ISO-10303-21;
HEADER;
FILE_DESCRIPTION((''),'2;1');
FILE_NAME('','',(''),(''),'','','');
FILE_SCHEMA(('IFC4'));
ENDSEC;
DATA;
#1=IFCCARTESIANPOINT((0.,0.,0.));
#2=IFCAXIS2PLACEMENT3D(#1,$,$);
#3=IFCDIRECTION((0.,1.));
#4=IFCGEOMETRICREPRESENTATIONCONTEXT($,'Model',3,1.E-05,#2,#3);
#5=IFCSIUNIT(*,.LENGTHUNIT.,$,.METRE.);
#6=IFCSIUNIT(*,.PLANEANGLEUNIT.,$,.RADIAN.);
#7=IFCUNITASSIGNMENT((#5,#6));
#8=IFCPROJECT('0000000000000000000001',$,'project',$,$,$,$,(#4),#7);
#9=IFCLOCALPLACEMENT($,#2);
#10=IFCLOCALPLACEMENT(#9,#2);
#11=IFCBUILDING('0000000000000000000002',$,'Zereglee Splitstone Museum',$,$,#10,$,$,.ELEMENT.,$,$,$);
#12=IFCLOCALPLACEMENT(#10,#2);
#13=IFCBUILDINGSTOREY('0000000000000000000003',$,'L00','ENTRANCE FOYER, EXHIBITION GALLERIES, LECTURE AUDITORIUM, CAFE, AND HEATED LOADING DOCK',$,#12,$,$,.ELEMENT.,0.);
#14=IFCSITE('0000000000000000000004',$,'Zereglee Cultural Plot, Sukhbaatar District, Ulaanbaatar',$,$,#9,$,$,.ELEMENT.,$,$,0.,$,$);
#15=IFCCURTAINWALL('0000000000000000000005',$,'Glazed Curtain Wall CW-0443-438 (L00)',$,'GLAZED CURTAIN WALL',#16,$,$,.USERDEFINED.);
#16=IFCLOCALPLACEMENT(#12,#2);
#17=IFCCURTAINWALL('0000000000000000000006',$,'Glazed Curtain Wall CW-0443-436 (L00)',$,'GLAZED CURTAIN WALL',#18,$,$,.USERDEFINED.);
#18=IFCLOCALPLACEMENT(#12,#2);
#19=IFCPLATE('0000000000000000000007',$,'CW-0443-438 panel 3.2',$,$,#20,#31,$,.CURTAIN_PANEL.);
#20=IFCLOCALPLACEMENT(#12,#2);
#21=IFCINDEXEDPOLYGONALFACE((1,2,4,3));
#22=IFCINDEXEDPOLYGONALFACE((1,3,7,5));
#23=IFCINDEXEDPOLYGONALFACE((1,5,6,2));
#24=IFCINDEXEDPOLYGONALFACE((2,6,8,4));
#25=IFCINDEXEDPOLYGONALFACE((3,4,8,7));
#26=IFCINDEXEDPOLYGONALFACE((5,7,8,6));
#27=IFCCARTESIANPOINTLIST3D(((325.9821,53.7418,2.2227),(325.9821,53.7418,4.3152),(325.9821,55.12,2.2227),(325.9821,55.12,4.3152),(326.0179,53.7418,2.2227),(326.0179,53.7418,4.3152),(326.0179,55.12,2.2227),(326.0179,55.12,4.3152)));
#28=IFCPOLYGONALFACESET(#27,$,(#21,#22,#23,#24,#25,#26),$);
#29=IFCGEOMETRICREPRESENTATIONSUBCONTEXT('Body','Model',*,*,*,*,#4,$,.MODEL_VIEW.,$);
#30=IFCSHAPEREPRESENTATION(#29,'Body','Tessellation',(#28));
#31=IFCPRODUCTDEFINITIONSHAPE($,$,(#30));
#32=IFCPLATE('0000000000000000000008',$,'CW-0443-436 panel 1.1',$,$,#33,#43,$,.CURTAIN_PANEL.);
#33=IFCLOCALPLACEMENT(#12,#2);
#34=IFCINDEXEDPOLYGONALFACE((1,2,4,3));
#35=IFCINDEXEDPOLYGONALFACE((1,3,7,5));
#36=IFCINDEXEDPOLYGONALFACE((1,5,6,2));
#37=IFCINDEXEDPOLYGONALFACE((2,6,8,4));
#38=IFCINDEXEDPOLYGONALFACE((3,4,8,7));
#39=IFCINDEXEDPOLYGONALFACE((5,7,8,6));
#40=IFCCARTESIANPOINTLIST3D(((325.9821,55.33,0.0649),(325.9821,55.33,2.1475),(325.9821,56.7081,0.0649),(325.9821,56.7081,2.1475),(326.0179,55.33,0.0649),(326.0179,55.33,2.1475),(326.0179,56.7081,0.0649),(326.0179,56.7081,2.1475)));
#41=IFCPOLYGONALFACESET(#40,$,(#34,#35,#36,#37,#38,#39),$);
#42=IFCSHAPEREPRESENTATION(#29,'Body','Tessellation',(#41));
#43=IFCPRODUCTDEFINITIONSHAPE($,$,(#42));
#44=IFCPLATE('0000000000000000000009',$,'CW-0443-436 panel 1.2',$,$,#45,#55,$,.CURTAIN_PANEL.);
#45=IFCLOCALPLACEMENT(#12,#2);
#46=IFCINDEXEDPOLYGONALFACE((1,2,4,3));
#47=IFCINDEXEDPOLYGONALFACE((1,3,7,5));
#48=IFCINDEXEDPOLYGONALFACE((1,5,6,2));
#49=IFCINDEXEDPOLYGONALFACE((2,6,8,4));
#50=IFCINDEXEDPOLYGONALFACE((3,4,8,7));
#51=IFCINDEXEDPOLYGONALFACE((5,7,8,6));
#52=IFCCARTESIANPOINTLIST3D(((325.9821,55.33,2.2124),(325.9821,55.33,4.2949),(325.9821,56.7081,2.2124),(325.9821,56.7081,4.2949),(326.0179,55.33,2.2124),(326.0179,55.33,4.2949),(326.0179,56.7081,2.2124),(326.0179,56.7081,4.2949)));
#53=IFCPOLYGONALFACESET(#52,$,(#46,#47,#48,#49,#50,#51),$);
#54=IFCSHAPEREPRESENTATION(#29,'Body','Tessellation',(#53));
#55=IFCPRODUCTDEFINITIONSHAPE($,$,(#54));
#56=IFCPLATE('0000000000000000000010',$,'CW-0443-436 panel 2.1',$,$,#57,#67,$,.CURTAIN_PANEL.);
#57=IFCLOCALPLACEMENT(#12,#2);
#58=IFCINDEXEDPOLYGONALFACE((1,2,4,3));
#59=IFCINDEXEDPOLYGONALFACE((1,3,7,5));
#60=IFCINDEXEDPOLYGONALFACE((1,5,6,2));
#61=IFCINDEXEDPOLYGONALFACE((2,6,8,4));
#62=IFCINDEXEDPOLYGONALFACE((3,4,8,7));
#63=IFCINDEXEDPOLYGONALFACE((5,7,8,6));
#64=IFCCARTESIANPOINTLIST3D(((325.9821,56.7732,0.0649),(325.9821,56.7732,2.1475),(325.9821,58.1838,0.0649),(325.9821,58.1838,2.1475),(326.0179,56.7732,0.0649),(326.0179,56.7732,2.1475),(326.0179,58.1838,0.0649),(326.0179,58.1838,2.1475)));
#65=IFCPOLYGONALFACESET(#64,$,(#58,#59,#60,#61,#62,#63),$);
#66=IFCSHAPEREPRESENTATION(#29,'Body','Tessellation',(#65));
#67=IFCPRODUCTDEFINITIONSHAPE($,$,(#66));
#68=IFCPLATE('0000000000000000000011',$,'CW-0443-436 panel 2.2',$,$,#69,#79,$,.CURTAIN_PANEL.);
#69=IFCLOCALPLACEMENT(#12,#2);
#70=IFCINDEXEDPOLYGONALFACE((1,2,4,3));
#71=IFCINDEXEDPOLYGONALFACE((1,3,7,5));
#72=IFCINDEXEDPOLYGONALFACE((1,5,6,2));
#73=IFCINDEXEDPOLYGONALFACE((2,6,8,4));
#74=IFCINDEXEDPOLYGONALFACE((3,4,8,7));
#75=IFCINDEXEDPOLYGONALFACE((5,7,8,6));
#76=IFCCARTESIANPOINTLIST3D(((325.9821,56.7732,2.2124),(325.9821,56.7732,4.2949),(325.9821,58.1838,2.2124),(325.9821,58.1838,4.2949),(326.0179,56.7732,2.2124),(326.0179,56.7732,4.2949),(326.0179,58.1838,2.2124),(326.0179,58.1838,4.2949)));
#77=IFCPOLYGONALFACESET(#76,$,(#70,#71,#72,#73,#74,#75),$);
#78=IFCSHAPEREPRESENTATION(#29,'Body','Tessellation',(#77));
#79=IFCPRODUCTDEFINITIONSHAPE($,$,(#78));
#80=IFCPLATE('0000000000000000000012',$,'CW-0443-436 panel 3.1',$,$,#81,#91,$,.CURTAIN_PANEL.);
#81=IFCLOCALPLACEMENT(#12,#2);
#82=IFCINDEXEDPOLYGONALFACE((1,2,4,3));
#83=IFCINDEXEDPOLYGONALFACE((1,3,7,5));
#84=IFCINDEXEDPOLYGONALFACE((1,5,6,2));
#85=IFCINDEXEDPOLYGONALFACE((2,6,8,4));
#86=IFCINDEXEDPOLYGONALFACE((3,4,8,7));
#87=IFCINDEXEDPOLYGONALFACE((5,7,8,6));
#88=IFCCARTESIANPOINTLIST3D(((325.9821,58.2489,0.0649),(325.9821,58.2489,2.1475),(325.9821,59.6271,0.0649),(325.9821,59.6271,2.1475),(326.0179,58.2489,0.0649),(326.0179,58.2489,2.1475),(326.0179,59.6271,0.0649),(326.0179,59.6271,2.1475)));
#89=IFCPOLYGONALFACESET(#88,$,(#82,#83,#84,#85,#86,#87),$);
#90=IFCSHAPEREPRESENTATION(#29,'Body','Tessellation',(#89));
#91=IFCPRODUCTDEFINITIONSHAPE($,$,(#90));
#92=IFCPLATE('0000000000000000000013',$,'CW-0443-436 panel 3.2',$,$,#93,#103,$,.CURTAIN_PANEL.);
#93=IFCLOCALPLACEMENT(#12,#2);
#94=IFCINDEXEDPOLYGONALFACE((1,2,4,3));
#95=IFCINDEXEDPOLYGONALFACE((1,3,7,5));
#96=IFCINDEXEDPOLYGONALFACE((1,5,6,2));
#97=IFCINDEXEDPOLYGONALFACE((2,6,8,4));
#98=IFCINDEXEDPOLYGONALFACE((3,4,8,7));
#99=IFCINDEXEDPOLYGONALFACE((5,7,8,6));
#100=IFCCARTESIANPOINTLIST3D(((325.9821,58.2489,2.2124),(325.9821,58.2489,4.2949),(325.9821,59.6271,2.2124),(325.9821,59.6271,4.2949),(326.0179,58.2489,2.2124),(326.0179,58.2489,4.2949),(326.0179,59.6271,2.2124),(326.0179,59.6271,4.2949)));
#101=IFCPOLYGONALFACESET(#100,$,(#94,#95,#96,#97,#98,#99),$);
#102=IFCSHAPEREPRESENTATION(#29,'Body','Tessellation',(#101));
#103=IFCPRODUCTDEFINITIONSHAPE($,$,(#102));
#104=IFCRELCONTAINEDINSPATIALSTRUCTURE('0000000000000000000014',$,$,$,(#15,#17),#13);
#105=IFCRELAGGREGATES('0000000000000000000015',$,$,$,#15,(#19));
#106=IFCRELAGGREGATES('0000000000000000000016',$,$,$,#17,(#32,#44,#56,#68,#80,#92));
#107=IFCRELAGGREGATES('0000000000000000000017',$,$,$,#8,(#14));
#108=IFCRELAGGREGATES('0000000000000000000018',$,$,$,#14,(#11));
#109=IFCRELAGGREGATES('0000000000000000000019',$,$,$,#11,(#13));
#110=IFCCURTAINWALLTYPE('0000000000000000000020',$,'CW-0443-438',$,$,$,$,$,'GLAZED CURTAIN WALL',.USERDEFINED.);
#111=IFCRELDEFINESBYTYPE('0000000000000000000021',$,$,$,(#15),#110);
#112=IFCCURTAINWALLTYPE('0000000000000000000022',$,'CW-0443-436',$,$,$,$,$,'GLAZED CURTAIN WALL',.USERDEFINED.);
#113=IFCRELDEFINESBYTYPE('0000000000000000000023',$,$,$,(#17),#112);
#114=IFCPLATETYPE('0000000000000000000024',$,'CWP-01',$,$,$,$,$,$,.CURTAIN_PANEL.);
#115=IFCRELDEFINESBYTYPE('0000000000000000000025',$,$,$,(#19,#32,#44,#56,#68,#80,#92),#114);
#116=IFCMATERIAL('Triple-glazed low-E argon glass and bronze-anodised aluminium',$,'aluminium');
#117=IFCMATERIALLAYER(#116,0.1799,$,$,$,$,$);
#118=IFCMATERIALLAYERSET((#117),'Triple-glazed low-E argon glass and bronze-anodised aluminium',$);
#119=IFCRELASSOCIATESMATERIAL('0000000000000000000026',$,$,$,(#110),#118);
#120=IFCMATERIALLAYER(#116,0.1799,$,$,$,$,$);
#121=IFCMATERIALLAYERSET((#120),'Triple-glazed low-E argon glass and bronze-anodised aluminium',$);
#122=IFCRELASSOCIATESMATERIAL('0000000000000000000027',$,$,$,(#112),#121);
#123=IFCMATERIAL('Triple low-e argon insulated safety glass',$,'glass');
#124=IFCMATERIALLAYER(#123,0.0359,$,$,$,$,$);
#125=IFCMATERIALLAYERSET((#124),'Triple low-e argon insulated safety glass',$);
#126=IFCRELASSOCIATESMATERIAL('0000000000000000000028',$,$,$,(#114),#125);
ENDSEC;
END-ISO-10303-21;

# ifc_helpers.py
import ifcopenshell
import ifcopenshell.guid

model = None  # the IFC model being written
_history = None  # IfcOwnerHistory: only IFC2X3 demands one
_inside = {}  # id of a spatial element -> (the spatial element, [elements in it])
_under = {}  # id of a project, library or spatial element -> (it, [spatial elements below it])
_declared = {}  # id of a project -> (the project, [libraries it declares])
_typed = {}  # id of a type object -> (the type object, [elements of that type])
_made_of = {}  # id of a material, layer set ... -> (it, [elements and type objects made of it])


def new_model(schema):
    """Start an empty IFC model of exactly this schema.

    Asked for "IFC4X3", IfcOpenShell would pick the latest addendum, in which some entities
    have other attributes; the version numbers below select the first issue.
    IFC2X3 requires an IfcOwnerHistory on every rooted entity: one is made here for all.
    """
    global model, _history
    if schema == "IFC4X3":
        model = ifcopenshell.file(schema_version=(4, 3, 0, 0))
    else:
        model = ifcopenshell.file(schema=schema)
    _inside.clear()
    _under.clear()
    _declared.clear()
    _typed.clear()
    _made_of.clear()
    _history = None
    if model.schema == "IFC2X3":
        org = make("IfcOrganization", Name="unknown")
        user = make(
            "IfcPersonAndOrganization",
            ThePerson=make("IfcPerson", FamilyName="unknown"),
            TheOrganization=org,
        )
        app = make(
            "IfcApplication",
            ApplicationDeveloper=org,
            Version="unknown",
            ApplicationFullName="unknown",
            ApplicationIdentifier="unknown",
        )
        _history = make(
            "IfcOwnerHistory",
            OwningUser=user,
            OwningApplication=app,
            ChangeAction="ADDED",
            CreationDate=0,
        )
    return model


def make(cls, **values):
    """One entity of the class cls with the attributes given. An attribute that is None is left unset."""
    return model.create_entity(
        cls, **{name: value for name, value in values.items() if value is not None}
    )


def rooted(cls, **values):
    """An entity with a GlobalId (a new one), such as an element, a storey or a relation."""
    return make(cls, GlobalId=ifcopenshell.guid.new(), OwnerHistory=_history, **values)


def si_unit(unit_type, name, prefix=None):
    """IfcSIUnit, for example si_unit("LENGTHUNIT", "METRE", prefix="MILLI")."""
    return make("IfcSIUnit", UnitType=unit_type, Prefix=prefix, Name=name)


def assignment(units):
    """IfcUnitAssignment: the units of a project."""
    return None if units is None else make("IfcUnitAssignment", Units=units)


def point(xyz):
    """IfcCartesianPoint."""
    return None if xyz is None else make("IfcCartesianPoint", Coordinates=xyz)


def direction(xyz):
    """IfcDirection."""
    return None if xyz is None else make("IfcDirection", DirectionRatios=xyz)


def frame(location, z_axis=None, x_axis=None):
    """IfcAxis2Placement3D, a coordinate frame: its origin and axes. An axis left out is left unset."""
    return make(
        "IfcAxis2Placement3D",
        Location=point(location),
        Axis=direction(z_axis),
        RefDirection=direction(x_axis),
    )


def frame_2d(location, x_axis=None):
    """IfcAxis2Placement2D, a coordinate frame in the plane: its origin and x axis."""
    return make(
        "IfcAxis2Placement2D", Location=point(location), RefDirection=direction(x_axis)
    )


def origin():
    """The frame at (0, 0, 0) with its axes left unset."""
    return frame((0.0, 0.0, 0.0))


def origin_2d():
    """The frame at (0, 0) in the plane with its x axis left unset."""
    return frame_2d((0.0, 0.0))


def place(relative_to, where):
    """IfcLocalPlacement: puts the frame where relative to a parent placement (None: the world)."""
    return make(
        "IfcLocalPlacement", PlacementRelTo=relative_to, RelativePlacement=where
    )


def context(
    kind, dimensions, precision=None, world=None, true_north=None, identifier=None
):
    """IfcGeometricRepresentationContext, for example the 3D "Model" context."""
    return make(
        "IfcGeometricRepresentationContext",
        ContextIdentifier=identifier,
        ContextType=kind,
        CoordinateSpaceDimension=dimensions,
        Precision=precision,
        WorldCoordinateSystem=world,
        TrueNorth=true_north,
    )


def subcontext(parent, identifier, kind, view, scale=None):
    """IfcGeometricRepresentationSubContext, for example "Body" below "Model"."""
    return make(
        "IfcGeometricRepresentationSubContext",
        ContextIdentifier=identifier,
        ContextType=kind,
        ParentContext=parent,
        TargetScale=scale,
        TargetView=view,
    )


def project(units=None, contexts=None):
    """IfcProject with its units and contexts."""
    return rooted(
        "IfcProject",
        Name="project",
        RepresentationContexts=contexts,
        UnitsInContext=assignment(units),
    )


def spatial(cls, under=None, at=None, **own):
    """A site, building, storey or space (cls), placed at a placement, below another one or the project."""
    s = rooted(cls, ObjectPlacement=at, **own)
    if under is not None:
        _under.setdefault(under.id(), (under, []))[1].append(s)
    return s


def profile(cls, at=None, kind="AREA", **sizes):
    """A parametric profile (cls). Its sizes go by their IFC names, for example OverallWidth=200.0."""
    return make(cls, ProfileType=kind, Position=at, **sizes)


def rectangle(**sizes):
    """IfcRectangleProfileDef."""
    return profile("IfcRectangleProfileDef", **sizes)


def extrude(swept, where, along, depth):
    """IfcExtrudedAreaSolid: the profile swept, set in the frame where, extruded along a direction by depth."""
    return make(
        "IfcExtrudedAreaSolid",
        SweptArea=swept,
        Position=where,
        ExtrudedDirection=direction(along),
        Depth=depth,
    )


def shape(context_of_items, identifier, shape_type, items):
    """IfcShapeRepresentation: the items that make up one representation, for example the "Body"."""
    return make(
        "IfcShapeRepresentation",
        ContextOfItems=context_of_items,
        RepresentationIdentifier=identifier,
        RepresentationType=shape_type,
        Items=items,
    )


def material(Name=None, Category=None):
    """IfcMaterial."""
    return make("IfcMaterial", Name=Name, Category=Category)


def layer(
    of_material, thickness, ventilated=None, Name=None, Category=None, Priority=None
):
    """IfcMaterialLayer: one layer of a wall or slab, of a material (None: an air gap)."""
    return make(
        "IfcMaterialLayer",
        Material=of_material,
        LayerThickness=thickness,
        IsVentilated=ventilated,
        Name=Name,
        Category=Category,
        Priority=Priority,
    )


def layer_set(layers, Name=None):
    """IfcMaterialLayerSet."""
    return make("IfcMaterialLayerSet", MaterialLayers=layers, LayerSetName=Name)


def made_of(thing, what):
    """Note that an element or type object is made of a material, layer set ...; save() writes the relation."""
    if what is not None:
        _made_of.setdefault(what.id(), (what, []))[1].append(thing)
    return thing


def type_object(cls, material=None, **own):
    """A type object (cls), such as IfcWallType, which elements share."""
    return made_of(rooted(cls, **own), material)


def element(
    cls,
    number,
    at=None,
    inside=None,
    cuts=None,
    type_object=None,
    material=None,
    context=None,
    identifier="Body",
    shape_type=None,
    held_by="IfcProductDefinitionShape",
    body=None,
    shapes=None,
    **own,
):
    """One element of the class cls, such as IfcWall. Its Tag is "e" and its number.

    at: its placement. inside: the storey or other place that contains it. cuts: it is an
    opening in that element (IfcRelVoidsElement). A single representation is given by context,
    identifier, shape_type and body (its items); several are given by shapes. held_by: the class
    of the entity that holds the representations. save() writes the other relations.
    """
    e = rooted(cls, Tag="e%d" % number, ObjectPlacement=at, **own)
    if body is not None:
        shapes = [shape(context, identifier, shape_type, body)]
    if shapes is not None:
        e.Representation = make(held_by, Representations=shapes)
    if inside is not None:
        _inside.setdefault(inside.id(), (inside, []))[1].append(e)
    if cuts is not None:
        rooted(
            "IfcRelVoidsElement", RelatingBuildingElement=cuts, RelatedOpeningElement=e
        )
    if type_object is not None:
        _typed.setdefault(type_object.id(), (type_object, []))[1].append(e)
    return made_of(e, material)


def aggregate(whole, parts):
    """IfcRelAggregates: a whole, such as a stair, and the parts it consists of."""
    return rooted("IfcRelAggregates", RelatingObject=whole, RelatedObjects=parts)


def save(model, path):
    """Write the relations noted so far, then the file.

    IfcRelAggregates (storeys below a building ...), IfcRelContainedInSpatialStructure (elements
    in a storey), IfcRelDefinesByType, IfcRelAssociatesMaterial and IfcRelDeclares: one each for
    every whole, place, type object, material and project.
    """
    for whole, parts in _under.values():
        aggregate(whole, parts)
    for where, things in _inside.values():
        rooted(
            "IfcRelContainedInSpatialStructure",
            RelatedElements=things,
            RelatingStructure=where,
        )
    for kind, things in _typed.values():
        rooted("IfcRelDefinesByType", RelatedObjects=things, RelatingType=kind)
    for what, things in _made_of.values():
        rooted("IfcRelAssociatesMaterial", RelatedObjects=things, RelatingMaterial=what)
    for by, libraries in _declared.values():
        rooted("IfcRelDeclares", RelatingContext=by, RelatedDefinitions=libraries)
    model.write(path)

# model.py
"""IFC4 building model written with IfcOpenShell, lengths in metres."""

from ifc_helpers import new_model, si_unit, direction, frame, origin, origin_2d, place, context, subcontext, project, spatial, rectangle, extrude, material, layer, layer_set, type_object, element, aggregate, save


model = new_model("IFC4")

# Units and contexts
model_context = context("Model", 3, precision=1e-05, world=origin(), true_north=direction((0.0, 1.0)))
body_context = subcontext(model_context, "Body", "Model", "MODEL_VIEW")
ifc_project = project(units=[si_unit("LENGTHUNIT", "METRE"), si_unit("PLANEANGLEUNIT", "RADIAN")], contexts=[model_context])

# Site, building, storey
site_placement = place(None, origin())
site = spatial("IfcSite", under=ifc_project, at=site_placement, Name="Zereglee Cultural Plot, Sukhbaatar District, Ulaanbaatar", CompositionType="ELEMENT", RefElevation=0.0)
building_placement = place(site_placement, origin())
building = spatial("IfcBuilding", under=site, at=building_placement, Name="Zereglee Splitstone Museum", CompositionType="ELEMENT")
storey_placement = place(building_placement, origin())
storey = spatial("IfcBuildingStorey", under=building, at=storey_placement, Name="L00", Description="ENTRANCE FOYER, EXHIBITION GALLERIES, LECTURE AUDITORIUM, CAFE, AND HEATED LOADING DOCK", CompositionType="ELEMENT", Elevation=0.0)

# Curtain wall
ifc_material_1 = material(Name="Triple-glazed low-E argon glass and bronze-anodised aluminium", Category="aluminium")
ifc_layer_1 = layer(ifc_material_1, 0.1799)
ifc_layer_set_1 = layer_set([ifc_layer_1], Name="Triple-glazed low-E argon glass and bronze-anodised aluminium")
curtain_wall_type_1 = type_object("IfcCurtainWallType", Name="CW-0443-438", ElementType="GLAZED CURTAIN WALL", PredefinedType="USERDEFINED", material=ifc_layer_set_1)
curtain_wall_1_placement = place(storey_placement, origin())
curtain_wall_1 = element("IfcCurtainWall", 1, at=curtain_wall_1_placement, inside=storey, type_object=curtain_wall_type_1, Name="Glazed Curtain Wall CW-0443-438 (L00)", ObjectType="GLAZED CURTAIN WALL", PredefinedType="USERDEFINED")

# Curtain wall
ifc_layer_2 = layer(ifc_material_1, 0.1799)
ifc_layer_set_2 = layer_set([ifc_layer_2], Name="Triple-glazed low-E argon glass and bronze-anodised aluminium")
curtain_wall_type_2 = type_object("IfcCurtainWallType", Name="CW-0443-436", ElementType="GLAZED CURTAIN WALL", PredefinedType="USERDEFINED", material=ifc_layer_set_2)
curtain_wall_2_placement = place(storey_placement, origin())
curtain_wall_2 = element("IfcCurtainWall", 2, at=curtain_wall_2_placement, inside=storey, type_object=curtain_wall_type_2, Name="Glazed Curtain Wall CW-0443-436 (L00)", ObjectType="GLAZED CURTAIN WALL", PredefinedType="USERDEFINED")

# Plates
ifc_material_2 = material(Name="Triple low-e argon insulated safety glass", Category="glass")
ifc_layer_3 = layer(ifc_material_2, 0.0359)
ifc_layer_set_3 = layer_set([ifc_layer_3], Name="Triple low-e argon insulated safety glass")
plate_type = type_object("IfcPlateType", Name="CWP-01", PredefinedType="CURTAIN_PANEL", material=ifc_layer_set_3)
plate_1_placement = place(storey_placement, frame((326.0, 54.4309, 2.2227), z_axis=(0.0, 0.0, 1.0), x_axis=(0.0, 1.0, 0.0)))
plate_1 = element("IfcPlate", 3, at=plate_1_placement, type_object=plate_type, Name="CW-0443-438 panel 3.2", PredefinedType="CURTAIN_PANEL", context=body_context, shape_type="SweptSolid", body=[
    extrude(rectangle(XDim=1.3782, YDim=0.0359, at=origin_2d()), origin(), (0.0, 0.0, 1.0), 2.0925),
])
aggregate(curtain_wall_1, [plate_1])
plate_2_placement = place(storey_placement, frame((326.0, 56.019, 0.0649), z_axis=(0.0, 0.0, 1.0), x_axis=(0.0, 1.0, 0.0)))
plate_2 = element("IfcPlate", 4, at=plate_2_placement, type_object=plate_type, Name="CW-0443-436 panel 1.1", PredefinedType="CURTAIN_PANEL", context=body_context, shape_type="SweptSolid", body=[
    extrude(rectangle(XDim=1.3782, YDim=0.0359, at=origin_2d()), origin(), (0.0, 0.0, 1.0), 2.0825),
])
plate_3_placement = place(storey_placement, frame((326.0, 56.019, 2.2124), z_axis=(0.0, 0.0, 1.0), x_axis=(0.0, 1.0, 0.0)))
plate_3 = element("IfcPlate", 5, at=plate_3_placement, type_object=plate_type, Name="CW-0443-436 panel 1.2", PredefinedType="CURTAIN_PANEL", context=body_context, shape_type="SweptSolid", body=[
    extrude(rectangle(XDim=1.3782, YDim=0.0359, at=origin_2d()), origin(), (0.0, 0.0, 1.0), 2.0825),
])
plate_4_placement = place(storey_placement, frame((326.0, 57.4785, 0.0649), z_axis=(0.0, 0.0, 1.0), x_axis=(0.0, 1.0, 0.0)))
plate_4 = element("IfcPlate", 6, at=plate_4_placement, type_object=plate_type, Name="CW-0443-436 panel 2.1", PredefinedType="CURTAIN_PANEL", context=body_context, shape_type="SweptSolid", body=[
    extrude(rectangle(XDim=1.4106, YDim=0.0359, at=origin_2d()), origin(), (0.0, 0.0, 1.0), 2.0825),
])
plate_5_placement = place(storey_placement, frame((326.0, 57.4785, 2.2124), z_axis=(0.0, 0.0, 1.0), x_axis=(0.0, 1.0, 0.0)))
plate_5 = element("IfcPlate", 7, at=plate_5_placement, type_object=plate_type, Name="CW-0443-436 panel 2.2", PredefinedType="CURTAIN_PANEL", context=body_context, shape_type="SweptSolid", body=[
    extrude(rectangle(XDim=1.4106, YDim=0.0359, at=origin_2d()), origin(), (0.0, 0.0, 1.0), 2.0825),
])
plate_6_placement = place(storey_placement, frame((326.0, 58.938, 0.0649), z_axis=(0.0, 0.0, 1.0), x_axis=(0.0, 1.0, 0.0)))
plate_6 = element("IfcPlate", 8, at=plate_6_placement, type_object=plate_type, Name="CW-0443-436 panel 3.1", PredefinedType="CURTAIN_PANEL", context=body_context, shape_type="SweptSolid", body=[
    extrude(rectangle(XDim=1.3782, YDim=0.0359, at=origin_2d()), origin(), (0.0, 0.0, 1.0), 2.0825),
])
plate_7_placement = place(storey_placement, frame((326.0, 58.938, 2.2124), z_axis=(0.0, 0.0, 1.0), x_axis=(0.0, 1.0, 0.0)))
plate_7 = element("IfcPlate", 9, at=plate_7_placement, type_object=plate_type, Name="CW-0443-436 panel 3.2", PredefinedType="CURTAIN_PANEL", context=body_context, shape_type="SweptSolid", body=[
    extrude(rectangle(XDim=1.3782, YDim=0.0359, at=origin_2d()), origin(), (0.0, 0.0, 1.0), 2.0825),
])
aggregate(curtain_wall_2, [plate_2, plate_3, plate_4, plate_5, plate_6, plate_7])

save(model, "model.ifc")
